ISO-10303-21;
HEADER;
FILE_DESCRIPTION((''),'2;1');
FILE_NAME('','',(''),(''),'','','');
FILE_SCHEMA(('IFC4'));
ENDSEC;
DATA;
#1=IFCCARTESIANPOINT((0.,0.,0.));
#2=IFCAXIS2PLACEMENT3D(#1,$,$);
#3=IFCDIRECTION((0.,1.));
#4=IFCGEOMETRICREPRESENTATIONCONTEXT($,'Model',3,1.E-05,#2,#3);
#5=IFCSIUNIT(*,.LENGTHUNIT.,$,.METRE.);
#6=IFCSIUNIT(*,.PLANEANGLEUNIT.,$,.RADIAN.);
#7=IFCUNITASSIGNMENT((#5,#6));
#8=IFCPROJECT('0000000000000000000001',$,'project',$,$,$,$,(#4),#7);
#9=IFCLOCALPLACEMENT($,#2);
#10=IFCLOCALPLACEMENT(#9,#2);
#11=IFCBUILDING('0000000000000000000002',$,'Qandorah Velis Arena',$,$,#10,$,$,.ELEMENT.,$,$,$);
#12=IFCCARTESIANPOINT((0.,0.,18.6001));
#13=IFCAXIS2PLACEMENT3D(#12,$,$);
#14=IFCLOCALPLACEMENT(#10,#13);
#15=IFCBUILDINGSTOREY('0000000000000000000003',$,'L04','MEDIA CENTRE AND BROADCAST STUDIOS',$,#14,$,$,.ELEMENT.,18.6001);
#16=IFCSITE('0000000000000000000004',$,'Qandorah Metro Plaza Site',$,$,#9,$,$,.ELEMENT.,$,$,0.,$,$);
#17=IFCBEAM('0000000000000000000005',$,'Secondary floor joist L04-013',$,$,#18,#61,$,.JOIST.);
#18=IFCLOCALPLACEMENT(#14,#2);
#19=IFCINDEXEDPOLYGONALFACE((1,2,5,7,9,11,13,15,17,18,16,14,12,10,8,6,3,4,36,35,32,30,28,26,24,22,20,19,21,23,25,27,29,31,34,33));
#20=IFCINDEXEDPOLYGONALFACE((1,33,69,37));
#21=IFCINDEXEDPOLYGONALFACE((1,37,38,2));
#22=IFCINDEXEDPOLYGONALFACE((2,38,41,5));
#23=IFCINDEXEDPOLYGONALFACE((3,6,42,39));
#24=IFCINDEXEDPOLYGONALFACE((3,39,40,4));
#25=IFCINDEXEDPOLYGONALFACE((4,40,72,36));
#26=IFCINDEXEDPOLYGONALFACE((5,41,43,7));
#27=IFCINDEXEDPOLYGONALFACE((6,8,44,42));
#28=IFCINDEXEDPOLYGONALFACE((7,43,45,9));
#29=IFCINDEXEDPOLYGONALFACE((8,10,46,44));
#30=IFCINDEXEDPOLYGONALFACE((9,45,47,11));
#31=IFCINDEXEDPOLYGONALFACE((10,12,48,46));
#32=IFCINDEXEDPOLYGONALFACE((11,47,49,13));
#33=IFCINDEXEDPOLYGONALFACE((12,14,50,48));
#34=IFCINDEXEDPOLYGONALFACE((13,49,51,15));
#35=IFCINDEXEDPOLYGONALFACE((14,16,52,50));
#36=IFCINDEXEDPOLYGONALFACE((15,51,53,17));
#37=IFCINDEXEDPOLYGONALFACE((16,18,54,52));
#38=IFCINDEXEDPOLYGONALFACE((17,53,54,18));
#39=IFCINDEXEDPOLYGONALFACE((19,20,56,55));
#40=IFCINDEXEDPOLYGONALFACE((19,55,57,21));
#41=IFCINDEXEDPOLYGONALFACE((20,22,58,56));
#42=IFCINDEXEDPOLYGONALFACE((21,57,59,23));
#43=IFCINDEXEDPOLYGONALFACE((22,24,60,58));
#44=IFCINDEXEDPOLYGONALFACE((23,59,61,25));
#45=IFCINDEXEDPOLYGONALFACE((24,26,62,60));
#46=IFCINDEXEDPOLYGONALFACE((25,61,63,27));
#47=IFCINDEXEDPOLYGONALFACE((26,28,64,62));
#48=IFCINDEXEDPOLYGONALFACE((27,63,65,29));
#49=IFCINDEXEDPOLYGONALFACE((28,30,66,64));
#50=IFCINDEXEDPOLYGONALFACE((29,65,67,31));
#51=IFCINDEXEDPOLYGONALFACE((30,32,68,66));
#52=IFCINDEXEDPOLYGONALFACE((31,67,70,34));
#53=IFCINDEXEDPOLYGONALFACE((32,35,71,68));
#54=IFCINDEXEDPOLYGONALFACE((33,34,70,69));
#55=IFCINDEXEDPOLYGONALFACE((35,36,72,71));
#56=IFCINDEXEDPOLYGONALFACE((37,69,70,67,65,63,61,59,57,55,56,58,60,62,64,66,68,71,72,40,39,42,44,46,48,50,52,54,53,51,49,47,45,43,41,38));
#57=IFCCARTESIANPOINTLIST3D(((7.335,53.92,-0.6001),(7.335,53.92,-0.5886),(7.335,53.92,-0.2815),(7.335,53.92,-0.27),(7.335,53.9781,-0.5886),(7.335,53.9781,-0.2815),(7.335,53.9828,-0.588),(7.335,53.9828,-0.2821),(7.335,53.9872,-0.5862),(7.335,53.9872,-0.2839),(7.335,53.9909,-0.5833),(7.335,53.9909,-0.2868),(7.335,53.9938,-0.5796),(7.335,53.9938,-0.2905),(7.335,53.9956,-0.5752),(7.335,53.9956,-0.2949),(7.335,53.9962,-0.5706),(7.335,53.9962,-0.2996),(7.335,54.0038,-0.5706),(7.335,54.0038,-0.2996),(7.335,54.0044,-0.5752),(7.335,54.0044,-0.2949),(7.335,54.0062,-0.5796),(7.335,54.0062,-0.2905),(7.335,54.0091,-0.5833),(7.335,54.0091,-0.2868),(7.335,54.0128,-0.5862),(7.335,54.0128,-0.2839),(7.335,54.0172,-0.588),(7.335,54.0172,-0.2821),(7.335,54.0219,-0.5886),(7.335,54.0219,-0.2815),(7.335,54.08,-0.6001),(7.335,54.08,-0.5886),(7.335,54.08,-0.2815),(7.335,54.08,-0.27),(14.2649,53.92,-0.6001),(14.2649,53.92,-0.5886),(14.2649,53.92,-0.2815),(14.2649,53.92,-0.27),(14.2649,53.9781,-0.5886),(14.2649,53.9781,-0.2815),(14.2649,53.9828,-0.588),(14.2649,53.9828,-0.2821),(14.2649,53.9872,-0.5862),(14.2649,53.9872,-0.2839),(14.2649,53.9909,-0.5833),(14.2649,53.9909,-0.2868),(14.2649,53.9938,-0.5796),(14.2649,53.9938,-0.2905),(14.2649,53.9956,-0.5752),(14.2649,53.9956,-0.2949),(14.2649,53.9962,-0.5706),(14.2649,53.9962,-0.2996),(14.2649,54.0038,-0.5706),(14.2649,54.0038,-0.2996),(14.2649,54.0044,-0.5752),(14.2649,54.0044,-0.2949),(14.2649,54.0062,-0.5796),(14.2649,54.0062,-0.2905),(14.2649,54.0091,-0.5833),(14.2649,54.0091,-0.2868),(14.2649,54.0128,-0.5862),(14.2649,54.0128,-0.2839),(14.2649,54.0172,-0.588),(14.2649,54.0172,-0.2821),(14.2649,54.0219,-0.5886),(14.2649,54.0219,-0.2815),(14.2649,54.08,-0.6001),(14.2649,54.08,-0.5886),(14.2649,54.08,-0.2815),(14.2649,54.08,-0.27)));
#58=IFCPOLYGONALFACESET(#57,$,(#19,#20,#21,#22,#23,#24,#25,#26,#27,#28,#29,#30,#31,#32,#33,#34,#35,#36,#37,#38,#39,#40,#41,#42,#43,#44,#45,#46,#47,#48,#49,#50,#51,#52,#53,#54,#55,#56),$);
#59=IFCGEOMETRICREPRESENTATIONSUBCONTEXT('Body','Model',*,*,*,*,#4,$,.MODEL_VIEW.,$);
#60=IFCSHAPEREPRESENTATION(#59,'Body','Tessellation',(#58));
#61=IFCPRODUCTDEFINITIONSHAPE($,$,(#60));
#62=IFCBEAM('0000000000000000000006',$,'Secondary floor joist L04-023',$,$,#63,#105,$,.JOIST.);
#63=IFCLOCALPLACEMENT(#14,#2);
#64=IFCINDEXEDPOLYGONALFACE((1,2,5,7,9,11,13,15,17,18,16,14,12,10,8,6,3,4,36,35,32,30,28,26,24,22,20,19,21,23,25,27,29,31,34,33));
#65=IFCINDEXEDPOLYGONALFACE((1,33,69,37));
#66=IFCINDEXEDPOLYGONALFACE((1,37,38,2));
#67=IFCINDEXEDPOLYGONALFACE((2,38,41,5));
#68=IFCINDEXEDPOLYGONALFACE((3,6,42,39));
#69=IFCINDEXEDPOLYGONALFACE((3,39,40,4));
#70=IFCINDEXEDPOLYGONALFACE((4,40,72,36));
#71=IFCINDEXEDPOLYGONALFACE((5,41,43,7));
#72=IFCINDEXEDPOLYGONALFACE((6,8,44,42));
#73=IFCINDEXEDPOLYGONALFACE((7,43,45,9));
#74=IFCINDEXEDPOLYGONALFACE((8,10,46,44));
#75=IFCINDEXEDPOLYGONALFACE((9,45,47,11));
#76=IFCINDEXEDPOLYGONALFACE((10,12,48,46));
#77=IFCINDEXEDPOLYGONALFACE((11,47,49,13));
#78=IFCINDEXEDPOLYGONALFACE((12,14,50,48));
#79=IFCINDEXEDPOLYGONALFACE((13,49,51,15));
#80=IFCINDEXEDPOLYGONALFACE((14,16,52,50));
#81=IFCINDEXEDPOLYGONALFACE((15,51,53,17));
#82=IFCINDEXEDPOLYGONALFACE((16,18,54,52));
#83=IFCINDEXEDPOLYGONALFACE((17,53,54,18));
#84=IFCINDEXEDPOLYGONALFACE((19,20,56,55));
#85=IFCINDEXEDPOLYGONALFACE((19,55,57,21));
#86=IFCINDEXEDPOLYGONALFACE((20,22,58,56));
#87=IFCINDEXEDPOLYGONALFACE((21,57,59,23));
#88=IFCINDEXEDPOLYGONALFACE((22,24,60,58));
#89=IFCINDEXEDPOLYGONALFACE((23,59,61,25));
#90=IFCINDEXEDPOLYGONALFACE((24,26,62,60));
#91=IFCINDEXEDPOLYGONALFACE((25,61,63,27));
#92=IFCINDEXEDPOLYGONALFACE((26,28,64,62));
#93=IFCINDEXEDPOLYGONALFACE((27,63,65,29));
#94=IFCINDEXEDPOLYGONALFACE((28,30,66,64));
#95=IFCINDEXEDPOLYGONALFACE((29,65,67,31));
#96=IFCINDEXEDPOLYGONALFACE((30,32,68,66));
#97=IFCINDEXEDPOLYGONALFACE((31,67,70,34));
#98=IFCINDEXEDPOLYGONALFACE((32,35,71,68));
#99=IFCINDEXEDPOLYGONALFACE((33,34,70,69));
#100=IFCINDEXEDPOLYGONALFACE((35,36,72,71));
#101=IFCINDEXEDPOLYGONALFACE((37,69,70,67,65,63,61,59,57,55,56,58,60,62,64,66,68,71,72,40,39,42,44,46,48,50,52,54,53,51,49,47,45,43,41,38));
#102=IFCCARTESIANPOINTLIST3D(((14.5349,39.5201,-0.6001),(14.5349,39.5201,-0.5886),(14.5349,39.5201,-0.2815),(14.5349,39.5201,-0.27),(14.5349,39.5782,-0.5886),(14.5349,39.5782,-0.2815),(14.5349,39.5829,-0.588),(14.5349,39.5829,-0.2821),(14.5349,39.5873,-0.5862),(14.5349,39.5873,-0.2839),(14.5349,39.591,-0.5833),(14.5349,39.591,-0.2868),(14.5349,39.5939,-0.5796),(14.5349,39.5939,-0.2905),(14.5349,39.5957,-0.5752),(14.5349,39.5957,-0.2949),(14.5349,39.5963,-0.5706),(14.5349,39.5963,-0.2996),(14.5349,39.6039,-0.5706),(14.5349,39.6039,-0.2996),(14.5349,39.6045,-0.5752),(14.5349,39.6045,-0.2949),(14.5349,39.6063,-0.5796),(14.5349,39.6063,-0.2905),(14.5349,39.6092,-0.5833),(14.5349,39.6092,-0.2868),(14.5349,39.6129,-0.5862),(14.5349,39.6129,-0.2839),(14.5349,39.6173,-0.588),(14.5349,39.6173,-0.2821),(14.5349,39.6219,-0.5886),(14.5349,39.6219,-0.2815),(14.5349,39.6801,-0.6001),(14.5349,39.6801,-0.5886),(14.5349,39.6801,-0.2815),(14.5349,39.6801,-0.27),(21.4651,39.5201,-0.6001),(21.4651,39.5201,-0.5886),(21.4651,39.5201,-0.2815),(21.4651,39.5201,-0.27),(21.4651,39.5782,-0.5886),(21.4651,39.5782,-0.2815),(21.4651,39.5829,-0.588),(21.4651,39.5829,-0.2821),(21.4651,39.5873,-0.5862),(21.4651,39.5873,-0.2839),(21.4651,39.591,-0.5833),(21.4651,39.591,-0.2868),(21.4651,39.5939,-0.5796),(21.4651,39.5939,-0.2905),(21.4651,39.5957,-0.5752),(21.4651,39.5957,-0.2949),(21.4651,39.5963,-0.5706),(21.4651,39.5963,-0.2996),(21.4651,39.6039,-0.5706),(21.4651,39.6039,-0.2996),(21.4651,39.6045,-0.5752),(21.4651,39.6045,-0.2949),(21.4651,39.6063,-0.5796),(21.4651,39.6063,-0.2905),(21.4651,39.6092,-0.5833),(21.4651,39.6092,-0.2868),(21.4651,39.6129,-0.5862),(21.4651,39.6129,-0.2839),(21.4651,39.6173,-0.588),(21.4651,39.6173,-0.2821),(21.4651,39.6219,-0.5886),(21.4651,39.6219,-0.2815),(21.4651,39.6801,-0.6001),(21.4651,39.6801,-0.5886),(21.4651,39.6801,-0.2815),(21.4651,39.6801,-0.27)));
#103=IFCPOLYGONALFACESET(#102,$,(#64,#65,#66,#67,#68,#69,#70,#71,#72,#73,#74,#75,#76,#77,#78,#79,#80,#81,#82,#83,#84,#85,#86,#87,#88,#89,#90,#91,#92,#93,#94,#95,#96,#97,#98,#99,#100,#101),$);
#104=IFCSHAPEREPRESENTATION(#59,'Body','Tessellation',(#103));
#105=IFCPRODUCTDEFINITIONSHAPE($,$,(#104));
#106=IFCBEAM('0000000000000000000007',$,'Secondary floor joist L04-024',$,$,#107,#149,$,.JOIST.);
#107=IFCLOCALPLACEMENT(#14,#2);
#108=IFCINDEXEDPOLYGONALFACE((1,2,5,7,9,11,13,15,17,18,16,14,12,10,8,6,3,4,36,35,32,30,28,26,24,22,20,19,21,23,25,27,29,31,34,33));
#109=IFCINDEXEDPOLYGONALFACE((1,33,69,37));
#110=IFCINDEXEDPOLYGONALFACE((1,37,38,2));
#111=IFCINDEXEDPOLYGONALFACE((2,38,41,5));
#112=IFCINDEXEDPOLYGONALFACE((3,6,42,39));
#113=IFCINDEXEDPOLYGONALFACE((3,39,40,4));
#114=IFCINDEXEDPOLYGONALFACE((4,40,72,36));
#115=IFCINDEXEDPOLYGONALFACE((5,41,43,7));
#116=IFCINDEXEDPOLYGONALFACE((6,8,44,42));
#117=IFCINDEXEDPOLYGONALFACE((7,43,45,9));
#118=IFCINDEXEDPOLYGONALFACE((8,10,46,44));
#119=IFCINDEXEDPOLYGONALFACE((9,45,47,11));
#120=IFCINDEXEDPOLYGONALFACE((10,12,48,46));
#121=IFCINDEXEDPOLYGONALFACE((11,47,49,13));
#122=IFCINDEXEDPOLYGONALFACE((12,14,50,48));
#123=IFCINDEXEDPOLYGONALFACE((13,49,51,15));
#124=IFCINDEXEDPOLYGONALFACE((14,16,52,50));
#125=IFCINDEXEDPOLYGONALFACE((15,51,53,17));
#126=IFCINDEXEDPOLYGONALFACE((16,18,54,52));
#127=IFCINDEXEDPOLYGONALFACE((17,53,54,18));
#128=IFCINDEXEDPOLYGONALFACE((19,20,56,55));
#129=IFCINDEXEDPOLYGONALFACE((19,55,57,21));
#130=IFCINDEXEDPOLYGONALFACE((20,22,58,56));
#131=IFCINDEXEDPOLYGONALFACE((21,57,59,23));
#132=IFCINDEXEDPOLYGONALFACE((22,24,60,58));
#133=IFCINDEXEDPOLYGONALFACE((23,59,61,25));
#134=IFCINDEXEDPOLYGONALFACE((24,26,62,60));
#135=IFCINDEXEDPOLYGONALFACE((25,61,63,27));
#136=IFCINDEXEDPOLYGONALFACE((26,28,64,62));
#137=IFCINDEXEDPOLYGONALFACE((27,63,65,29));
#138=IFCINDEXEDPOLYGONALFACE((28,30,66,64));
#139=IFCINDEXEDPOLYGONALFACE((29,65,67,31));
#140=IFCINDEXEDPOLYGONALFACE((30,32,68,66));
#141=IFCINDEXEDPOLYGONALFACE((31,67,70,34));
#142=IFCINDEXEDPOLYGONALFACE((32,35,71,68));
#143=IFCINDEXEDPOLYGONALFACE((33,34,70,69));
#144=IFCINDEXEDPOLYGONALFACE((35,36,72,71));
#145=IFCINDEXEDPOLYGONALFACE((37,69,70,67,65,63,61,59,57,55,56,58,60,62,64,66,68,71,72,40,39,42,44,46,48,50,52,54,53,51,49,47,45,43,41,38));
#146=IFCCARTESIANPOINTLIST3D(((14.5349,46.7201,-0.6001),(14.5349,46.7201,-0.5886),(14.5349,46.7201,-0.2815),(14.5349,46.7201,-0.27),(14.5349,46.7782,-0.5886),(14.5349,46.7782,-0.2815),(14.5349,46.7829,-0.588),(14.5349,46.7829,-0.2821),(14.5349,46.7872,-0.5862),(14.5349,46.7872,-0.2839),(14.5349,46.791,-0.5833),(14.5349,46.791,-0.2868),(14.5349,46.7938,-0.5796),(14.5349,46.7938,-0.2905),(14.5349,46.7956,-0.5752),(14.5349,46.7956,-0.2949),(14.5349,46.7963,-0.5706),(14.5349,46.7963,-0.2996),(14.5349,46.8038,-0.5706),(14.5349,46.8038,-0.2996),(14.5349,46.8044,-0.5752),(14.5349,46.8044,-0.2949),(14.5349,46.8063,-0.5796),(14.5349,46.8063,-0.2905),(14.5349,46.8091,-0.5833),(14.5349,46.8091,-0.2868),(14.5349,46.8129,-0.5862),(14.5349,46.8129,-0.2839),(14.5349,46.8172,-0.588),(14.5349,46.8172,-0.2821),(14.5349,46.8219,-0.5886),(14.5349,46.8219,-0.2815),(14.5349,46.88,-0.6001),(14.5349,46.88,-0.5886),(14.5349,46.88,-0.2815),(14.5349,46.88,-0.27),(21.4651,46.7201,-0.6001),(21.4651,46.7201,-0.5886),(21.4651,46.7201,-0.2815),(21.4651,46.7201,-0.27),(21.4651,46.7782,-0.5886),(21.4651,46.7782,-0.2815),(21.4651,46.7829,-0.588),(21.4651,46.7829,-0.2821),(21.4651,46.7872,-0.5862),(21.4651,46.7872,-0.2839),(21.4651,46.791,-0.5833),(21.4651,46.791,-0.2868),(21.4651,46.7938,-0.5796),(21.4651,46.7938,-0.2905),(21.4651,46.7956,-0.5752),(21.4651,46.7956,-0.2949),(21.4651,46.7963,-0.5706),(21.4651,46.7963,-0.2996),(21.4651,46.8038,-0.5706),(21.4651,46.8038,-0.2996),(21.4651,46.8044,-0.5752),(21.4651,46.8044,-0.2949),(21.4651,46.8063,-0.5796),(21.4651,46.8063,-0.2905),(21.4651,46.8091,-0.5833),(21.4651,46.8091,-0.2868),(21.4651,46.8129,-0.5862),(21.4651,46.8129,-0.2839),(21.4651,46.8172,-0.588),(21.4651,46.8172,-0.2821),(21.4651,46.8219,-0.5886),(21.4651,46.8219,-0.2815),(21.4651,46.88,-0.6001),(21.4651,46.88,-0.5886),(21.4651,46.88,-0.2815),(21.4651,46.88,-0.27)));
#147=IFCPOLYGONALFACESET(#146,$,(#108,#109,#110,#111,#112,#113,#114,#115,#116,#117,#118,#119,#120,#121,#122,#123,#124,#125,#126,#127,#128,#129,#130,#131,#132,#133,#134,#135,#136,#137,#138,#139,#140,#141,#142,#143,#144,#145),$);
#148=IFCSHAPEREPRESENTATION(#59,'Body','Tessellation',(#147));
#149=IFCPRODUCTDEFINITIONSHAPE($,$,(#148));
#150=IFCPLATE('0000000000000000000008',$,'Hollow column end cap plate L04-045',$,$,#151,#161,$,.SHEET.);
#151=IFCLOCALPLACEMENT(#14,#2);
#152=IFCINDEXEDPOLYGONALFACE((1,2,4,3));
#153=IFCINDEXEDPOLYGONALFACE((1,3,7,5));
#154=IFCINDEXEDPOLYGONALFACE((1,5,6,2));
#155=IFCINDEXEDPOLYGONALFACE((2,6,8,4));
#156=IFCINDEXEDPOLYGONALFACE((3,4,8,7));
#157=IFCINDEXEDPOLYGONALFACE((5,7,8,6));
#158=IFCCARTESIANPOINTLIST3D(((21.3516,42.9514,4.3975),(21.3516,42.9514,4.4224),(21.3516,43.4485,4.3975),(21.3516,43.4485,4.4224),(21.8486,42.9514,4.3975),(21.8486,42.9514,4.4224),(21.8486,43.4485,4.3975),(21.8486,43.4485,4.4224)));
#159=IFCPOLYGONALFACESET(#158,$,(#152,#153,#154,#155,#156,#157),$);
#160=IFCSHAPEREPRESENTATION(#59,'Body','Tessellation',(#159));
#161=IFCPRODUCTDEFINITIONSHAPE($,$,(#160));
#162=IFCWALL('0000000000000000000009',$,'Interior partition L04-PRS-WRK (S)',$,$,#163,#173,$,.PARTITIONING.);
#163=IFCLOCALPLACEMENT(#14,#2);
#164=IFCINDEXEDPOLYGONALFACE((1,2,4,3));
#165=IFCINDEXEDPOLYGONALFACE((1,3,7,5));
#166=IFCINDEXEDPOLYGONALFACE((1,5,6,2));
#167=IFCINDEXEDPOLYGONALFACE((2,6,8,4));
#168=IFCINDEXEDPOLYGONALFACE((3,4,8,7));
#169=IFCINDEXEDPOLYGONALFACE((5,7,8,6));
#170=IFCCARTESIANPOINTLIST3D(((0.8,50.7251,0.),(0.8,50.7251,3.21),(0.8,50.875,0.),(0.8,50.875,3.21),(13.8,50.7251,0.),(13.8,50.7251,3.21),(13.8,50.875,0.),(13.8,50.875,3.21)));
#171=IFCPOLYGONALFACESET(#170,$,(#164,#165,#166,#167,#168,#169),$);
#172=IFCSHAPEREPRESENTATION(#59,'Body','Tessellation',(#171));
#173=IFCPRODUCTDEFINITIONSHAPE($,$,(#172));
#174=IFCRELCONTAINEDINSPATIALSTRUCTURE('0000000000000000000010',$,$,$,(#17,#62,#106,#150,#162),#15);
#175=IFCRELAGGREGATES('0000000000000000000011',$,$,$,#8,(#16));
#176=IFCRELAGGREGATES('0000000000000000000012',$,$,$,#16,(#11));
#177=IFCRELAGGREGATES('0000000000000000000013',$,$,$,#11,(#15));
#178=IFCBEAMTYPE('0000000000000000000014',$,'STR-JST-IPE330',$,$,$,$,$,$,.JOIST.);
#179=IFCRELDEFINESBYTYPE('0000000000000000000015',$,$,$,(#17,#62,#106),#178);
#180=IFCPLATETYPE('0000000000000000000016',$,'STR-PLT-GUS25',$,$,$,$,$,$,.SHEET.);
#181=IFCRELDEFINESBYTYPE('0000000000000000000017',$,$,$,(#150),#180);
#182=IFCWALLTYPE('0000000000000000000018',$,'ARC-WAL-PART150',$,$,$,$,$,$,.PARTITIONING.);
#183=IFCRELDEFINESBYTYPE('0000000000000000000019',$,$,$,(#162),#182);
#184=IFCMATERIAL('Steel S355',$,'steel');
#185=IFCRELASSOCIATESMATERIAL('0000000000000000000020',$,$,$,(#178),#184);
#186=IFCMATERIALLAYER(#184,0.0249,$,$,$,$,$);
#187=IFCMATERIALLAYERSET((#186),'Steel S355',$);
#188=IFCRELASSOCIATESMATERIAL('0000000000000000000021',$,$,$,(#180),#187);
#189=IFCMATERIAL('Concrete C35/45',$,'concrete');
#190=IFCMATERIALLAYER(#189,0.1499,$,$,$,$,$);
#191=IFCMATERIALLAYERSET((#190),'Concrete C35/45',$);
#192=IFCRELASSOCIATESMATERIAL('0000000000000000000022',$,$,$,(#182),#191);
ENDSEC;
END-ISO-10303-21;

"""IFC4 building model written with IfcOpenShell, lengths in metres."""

from ifc_helpers import new_model, si_unit, direction, frame, frame_2d, origin, origin_2d, place, context, subcontext, project, spatial, rectangle, i_section, extrude, material, layer, layer_set, material_profile, profile_set, type_object, element, save


model = new_model("IFC4")

# Units and contexts
model_context = context("Model", 3, precision=1e-05, world=origin(), true_north=direction((0.0, 1.0)))
body_context = subcontext(model_context, "Body", "Model", "MODEL_VIEW")
ifc_project = project(units=[si_unit("LENGTHUNIT", "METRE"), si_unit("PLANEANGLEUNIT", "RADIAN")], contexts=[model_context])

# Site, building, storey
site_placement = place(None, origin())
site = spatial("IfcSite", under=ifc_project, at=site_placement, Name="Qandorah Metro Plaza Site", CompositionType="ELEMENT", RefElevation=0.0)
building_placement = place(site_placement, origin())
building = spatial("IfcBuilding", under=site, at=building_placement, Name="Qandorah Velis Arena", CompositionType="ELEMENT")
storey_placement = place(building_placement, frame((0.0, 0.0, 18.6001)))
storey = spatial("IfcBuildingStorey", under=building, at=storey_placement, Name="L04", Description="MEDIA CENTRE AND BROADCAST STUDIOS", CompositionType="ELEMENT", Elevation=18.6001)

# Shared definitions
ifc_material_1 = material(Name="Steel S355", Category="steel")

# Beams
ifc_material_profile_1 = material_profile(ifc_material_1, i_section(OverallWidth=0.1599, OverallDepth=0.3301, WebThickness=0.0076, FlangeThickness=0.0115, FilletRadius=0.0181, at=origin_2d()), Name="IPE 330")
ifc_profile_set_1 = profile_set([ifc_material_profile_1], Name="Steel S355")
beam_type_1 = type_object("IfcBeamType", Name="STR-JST-IPE330", PredefinedType="JOIST", material=ifc_profile_set_1)
for number, where, z_axis, x_axis, name in (
    (1, (7.335, 54.0, -0.4351), (1.0, 0.0, 0.0), (0.0, 1.0, 0.0), "Secondary floor joist L04-013"),
):
    element("IfcBeam", number, at=place(storey_placement, frame(where, z_axis=z_axis, x_axis=x_axis)), inside=storey, type_object=beam_type_1, Name=name, PredefinedType="JOIST", context=body_context, shape_type="SweptSolid", body=[
        extrude(i_section(OverallWidth=0.1599, OverallDepth=0.3301, WebThickness=0.0076, FlangeThickness=0.0115, FilletRadius=0.0181, at=origin_2d()), origin(), (0.0, 0.0, 1.0), 6.9299),
    ])
for number, where, z_axis, x_axis, name in (
    (2, (14.5349, 39.6001, -0.4351), (1.0, 0.0, 0.0), (0.0, 1.0, 0.0), "Secondary floor joist L04-023"),
    (3, (14.5349, 46.8, -0.4351), (1.0, 0.0, 0.0), (0.0, 1.0, 0.0), "Secondary floor joist L04-024"),
):
    element("IfcBeam", number, at=place(storey_placement, frame(where, z_axis=z_axis, x_axis=x_axis)), inside=storey, type_object=beam_type_1, Name=name, PredefinedType="JOIST", context=body_context, shape_type="SweptSolid", body=[
        extrude(i_section(OverallWidth=0.1599, OverallDepth=0.3301, WebThickness=0.0076, FlangeThickness=0.0115, FilletRadius=0.0181, at=origin_2d()), origin(), (0.0, 0.0, 1.0), 6.9302),
    ])

# Plate
ifc_layer_1 = layer(ifc_material_1, 0.0249)
ifc_layer_set_1 = layer_set([ifc_layer_1], Name="Steel S355")
plate_type = type_object("IfcPlateType", Name="STR-PLT-GUS25", PredefinedType="SHEET", material=ifc_layer_set_1)
plate_placement = place(storey_placement, frame((21.6001, 43.2, 4.3975), z_axis=(0.0, 0.0, 1.0), x_axis=(1.0, 0.0, 0.0)))
element("IfcPlate", 4, at=plate_placement, inside=storey, type_object=plate_type, Name="Hollow column end cap plate L04-045", PredefinedType="SHEET", context=body_context, shape_type="SweptSolid", body=[
    extrude(rectangle(XDim=0.4971, YDim=0.4971, at=origin_2d()), origin(), (0.0, 0.0, 1.0), 0.0249),
])

# Wall
ifc_material_2 = material(Name="Concrete C35/45", Category="concrete")
ifc_layer_2 = layer(ifc_material_2, 0.1499)
ifc_layer_set_2 = layer_set([ifc_layer_2], Name="Concrete C35/45")
wall_type_1 = type_object("IfcWallType", Name="ARC-WAL-PART150", PredefinedType="PARTITIONING", material=ifc_layer_set_2)
wall_1_placement = place(storey_placement, frame((0.8, 50.8, 0.0), z_axis=(0.0, 0.0, 1.0), x_axis=(1.0, 0.0, 0.0)))
element("IfcWall", 5, at=wall_1_placement, inside=storey, type_object=wall_type_1, Name="Interior partition L04-PRS-WRK (S)", PredefinedType="PARTITIONING", context=body_context, shape_type="SweptSolid", body=[
    extrude(rectangle(XDim=13.0, YDim=0.1499, at=frame_2d((6.5, 0.0))), origin(), (0.0, 0.0, 1.0), 3.21),
])

save(model, "model.ifc")
